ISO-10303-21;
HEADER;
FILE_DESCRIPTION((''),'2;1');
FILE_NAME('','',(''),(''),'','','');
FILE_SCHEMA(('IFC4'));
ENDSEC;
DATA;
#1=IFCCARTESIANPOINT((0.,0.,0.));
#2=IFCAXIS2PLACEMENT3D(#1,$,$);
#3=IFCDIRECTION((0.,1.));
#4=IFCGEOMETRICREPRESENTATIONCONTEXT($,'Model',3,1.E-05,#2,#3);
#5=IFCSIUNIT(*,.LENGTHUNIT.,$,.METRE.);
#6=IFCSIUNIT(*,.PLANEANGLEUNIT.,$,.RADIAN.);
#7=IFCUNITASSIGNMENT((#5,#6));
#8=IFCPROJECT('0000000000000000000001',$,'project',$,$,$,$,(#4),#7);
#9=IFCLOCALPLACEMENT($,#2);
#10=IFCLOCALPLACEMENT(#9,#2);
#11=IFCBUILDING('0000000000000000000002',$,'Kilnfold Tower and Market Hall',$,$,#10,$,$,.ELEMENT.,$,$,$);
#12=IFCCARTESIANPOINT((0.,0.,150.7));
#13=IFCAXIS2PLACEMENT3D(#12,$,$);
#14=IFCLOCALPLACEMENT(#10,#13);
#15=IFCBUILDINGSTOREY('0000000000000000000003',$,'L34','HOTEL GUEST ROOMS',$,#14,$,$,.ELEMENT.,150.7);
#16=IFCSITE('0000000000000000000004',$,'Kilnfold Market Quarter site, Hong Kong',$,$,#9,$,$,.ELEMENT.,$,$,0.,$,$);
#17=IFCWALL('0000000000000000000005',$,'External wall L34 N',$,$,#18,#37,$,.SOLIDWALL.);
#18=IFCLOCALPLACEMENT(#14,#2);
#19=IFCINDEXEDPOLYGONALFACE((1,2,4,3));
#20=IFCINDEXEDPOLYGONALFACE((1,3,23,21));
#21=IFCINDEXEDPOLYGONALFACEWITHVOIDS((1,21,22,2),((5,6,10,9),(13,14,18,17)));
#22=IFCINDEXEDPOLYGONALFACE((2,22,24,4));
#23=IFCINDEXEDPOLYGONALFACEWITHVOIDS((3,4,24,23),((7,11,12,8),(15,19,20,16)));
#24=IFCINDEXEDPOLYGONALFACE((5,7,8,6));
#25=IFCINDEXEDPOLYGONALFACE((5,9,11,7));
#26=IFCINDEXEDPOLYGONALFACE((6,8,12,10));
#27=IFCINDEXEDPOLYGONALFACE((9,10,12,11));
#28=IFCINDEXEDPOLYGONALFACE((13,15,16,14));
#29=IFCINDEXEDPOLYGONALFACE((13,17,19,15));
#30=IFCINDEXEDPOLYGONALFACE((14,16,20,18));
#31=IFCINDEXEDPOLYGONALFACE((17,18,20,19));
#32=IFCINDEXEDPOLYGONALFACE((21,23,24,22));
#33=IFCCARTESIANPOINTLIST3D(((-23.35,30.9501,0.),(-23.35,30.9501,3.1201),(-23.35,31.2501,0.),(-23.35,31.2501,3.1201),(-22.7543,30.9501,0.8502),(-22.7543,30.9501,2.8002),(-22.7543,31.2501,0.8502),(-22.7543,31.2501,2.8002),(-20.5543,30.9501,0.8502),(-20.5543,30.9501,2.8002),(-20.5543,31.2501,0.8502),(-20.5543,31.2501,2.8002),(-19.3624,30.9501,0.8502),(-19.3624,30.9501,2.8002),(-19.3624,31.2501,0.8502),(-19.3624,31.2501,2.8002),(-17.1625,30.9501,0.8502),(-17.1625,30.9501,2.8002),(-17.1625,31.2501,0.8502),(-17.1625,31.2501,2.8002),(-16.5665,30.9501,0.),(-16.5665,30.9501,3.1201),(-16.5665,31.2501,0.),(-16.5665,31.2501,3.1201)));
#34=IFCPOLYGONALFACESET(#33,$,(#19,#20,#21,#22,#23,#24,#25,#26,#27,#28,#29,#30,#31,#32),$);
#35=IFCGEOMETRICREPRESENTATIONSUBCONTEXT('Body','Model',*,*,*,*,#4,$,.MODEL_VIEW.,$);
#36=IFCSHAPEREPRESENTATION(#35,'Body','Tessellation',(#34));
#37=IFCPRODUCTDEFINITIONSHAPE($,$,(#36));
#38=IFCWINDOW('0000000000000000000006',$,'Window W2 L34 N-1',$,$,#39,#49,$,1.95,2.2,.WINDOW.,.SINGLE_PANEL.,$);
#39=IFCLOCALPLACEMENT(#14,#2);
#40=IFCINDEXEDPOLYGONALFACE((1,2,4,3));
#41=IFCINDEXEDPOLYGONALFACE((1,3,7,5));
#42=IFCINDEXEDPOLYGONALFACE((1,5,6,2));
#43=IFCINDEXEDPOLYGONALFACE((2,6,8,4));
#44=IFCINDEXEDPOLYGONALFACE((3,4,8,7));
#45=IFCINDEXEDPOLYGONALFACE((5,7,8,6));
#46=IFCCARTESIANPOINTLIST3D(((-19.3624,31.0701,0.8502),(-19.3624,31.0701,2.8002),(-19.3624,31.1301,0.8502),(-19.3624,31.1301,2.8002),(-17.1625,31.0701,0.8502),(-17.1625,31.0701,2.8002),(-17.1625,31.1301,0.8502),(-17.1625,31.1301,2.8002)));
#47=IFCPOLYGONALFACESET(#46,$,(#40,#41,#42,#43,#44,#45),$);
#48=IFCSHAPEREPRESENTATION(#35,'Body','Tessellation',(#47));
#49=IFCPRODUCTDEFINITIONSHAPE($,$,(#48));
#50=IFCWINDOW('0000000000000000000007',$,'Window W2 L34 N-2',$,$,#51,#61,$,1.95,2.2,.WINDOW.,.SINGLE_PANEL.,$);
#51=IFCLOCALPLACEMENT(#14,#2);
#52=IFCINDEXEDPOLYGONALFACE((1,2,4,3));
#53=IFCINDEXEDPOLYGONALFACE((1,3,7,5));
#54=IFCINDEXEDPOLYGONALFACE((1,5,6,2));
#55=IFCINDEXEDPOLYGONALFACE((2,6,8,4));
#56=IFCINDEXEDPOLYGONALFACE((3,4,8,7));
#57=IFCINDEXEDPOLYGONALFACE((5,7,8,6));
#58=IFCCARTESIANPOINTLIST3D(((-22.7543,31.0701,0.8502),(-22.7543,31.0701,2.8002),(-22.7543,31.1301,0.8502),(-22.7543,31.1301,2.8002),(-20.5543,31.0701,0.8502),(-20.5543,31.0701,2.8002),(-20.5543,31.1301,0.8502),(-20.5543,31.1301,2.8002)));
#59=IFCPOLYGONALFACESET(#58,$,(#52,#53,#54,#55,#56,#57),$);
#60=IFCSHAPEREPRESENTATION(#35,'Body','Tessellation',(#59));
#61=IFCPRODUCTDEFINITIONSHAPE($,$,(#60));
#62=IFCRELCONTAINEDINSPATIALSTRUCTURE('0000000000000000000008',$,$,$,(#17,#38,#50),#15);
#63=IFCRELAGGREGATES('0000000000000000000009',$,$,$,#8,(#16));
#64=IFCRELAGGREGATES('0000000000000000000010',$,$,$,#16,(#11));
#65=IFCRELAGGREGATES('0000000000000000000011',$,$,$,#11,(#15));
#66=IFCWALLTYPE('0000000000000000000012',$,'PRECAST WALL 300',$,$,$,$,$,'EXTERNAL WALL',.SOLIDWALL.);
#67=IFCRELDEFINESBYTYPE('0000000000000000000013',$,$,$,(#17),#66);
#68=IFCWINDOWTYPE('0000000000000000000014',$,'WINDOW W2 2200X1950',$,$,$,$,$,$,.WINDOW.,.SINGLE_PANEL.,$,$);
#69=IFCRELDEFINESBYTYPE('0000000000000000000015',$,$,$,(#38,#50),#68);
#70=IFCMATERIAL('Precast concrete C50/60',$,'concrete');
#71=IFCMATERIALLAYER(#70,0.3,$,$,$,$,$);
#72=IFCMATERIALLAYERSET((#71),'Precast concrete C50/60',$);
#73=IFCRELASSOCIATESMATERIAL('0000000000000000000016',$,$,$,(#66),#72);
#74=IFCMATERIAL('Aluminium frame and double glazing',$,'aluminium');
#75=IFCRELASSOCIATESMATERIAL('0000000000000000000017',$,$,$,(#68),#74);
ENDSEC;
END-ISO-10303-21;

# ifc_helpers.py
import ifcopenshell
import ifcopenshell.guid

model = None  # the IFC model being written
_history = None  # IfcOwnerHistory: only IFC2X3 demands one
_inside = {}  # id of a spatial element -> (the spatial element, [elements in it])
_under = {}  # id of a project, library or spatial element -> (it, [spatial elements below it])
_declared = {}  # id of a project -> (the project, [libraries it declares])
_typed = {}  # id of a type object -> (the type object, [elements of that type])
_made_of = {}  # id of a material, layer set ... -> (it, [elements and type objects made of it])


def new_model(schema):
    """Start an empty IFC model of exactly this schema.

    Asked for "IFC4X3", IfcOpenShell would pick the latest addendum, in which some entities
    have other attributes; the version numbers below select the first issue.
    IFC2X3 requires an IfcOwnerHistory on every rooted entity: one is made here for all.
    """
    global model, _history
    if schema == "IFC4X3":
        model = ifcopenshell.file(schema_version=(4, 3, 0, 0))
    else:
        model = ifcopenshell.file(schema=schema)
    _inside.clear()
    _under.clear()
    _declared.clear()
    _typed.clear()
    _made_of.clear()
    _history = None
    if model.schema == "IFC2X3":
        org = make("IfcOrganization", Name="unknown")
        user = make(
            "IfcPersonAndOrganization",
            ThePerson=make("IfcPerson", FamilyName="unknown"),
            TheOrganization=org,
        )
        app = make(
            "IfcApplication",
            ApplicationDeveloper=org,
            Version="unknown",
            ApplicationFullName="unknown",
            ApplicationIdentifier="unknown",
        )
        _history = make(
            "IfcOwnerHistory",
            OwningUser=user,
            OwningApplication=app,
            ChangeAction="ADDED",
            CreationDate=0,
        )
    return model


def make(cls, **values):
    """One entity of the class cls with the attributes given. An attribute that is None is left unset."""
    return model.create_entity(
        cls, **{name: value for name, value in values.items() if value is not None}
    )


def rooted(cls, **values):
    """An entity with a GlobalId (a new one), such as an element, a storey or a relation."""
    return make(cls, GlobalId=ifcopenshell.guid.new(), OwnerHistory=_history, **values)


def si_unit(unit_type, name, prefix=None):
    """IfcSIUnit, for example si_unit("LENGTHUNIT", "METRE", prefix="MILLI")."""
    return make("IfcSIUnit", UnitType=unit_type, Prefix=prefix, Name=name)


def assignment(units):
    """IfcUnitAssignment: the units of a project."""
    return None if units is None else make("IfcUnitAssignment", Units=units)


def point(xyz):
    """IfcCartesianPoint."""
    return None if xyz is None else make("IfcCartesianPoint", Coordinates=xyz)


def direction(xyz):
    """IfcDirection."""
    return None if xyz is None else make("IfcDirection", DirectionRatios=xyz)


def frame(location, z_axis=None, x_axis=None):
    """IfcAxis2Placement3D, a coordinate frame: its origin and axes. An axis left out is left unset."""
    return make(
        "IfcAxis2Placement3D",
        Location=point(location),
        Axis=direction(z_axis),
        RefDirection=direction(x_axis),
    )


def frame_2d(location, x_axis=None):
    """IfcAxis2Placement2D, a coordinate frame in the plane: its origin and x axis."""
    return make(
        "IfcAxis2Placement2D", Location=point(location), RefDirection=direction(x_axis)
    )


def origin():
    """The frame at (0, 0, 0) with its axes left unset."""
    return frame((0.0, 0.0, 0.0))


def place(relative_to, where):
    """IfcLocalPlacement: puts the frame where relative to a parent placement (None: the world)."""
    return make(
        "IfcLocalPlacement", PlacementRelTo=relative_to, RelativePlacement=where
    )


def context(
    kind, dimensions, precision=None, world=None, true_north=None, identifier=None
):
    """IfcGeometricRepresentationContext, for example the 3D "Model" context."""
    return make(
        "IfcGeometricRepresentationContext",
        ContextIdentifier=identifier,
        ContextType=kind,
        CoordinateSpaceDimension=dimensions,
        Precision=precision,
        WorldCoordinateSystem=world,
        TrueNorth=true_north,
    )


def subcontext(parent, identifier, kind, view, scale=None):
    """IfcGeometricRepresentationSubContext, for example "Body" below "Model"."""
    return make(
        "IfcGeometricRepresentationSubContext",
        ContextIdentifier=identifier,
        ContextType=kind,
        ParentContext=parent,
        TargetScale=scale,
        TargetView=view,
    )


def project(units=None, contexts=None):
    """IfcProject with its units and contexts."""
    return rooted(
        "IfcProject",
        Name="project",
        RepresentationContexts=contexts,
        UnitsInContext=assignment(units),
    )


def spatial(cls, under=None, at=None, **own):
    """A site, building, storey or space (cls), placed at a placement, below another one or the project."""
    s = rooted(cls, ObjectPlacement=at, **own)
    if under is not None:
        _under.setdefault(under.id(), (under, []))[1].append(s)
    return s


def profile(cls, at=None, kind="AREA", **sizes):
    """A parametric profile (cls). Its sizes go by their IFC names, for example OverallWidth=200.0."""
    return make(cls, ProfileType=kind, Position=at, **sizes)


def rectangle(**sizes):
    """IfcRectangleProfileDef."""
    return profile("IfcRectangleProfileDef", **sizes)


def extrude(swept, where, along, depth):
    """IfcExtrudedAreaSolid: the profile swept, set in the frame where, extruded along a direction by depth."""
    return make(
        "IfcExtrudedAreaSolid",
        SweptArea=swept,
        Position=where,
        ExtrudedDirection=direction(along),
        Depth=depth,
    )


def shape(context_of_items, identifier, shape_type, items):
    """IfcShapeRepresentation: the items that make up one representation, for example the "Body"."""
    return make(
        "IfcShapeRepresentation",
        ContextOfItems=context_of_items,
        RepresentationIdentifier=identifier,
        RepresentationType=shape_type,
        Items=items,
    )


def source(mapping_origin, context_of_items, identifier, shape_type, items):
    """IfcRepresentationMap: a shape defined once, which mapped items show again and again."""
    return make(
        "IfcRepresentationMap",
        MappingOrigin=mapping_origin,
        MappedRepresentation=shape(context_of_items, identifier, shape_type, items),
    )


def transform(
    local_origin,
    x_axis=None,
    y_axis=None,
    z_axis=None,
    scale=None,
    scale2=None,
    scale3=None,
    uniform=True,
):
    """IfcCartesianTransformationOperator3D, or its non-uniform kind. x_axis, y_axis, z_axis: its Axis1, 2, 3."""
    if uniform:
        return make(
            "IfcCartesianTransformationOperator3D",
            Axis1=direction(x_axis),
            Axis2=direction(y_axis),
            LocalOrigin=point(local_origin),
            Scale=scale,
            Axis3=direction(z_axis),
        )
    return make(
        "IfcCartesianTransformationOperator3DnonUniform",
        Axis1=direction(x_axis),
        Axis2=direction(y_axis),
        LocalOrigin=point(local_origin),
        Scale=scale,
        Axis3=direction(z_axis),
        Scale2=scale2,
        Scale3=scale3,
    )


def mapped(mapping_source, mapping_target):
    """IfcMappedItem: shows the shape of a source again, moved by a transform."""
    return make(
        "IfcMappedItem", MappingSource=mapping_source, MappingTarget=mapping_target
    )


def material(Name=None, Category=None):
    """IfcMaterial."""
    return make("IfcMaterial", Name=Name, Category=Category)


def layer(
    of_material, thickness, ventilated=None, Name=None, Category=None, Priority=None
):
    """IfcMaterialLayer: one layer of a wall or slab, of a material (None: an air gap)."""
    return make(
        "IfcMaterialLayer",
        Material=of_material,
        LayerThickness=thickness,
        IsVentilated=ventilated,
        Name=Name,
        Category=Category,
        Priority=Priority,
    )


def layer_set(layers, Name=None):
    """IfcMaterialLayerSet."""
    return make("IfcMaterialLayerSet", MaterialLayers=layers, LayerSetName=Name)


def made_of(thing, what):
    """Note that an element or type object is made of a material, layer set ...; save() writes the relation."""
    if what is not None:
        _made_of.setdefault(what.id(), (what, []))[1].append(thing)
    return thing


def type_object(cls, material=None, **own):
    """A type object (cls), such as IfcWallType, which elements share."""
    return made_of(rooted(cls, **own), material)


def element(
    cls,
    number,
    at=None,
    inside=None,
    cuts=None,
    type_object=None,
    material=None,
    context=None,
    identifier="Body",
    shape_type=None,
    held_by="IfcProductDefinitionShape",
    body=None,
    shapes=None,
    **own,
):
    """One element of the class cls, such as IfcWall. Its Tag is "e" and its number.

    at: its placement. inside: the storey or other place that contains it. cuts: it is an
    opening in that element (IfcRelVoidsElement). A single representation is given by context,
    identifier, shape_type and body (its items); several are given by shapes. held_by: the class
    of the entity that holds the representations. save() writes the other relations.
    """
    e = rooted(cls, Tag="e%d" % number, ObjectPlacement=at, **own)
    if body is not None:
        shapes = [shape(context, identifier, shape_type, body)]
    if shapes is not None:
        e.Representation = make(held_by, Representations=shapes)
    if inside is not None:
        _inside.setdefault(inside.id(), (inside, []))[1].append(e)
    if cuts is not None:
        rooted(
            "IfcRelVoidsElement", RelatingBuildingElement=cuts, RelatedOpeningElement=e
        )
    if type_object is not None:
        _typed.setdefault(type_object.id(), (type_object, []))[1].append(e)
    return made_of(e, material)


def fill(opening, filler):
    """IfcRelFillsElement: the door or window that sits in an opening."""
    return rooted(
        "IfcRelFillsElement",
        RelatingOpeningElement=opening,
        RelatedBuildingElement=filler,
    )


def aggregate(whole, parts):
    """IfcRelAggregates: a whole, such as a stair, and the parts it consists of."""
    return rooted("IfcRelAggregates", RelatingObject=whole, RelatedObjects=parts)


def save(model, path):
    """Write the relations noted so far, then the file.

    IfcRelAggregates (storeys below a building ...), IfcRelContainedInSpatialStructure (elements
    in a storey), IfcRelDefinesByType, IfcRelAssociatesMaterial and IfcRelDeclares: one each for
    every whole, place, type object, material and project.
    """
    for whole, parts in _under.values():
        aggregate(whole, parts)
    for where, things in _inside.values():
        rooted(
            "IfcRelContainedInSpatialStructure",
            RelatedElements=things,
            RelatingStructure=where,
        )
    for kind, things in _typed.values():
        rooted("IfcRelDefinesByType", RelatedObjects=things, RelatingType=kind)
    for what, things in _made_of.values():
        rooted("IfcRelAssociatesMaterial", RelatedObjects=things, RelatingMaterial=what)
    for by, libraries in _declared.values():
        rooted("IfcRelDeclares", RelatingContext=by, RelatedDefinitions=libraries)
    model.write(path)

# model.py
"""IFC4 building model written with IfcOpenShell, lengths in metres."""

from ifc_helpers import new_model, si_unit, direction, frame, frame_2d, origin, place, context, subcontext, project, spatial, rectangle, extrude, source, transform, mapped, material, layer, layer_set, type_object, element, fill, save


model = new_model("IFC4")

# Units and contexts
model_context = context("Model", 3, precision=1e-05, world=origin(), true_north=direction((0.0, 1.0)))
body_context = subcontext(model_context, "Body", "Model", "MODEL_VIEW")
ifc_project = project(units=[si_unit("LENGTHUNIT", "METRE"), si_unit("PLANEANGLEUNIT", "RADIAN")], contexts=[model_context])

# Site, building, storey
site_placement = place(None, origin())
site = spatial("IfcSite", under=ifc_project, at=site_placement, Name="Kilnfold Market Quarter site, Hong Kong", CompositionType="ELEMENT", RefElevation=0.0)
building_placement = place(site_placement, origin())
building = spatial("IfcBuilding", under=site, at=building_placement, Name="Kilnfold Tower and Market Hall", CompositionType="ELEMENT")
storey_placement = place(building_placement, frame((0.0, 0.0, 150.7)))
storey = spatial("IfcBuildingStorey", under=building, at=storey_placement, Name="L34", Description="HOTEL GUEST ROOMS", CompositionType="ELEMENT", Elevation=150.7)

# Wall, openings, windows
ifc_material_1 = material(Name="Precast concrete C50/60", Category="concrete")
ifc_layer_1 = layer(ifc_material_1, 0.3)
ifc_layer_set_1 = layer_set([ifc_layer_1], Name="Precast concrete C50/60")
wall_type_1 = type_object("IfcWallType", Name="PRECAST WALL 300", ElementType="EXTERNAL WALL", PredefinedType="SOLIDWALL", material=ifc_layer_set_1)
shared_shape_1 = source(origin(), body_context, "Body", "SweptSolid", [
    extrude(rectangle(XDim=6.7834, YDim=0.3, at=frame_2d((3.3916, 0.0))), origin(), (0.0, 0.0, 1.0), 3.1201),
])
wall_1_placement = place(storey_placement, frame((-16.5667, 31.1001, 0.0), z_axis=(0.0, 0.0, 1.0), x_axis=(-1.0, 0.0, 0.0)))
wall_1 = element("IfcWall", 1, at=wall_1_placement, inside=storey, type_object=wall_type_1, Name="External wall L34 N", PredefinedType="SOLIDWALL", context=body_context, shape_type="MappedRepresentation", body=[
    mapped(shared_shape_1, transform((0.0, 0.0, 0.0))),
])
opening_1_placement = place(wall_1_placement, frame((0.5957, 0.0, 0.8501)))
opening_1 = element("IfcOpeningElement", 2, at=opening_1_placement, cuts=wall_1, PredefinedType="OPENING", context=body_context, shape_type="SweptSolid", body=[
    extrude(rectangle(XDim=2.2, YDim=1.95, at=frame_2d((1.1001, 0.9751))), frame((0.0, 0.1602, 0.0), z_axis=(0.0, -1.0, 0.0), x_axis=(1.0, 0.0, 0.0)), (0.0, 0.0, 1.0), 0.3201),
])
opening_2_placement = place(wall_1_placement, frame((3.9875, 0.0, 0.8501)))
opening_2 = element("IfcOpeningElement", 3, at=opening_2_placement, cuts=wall_1, PredefinedType="OPENING", context=body_context, shape_type="SweptSolid", body=[
    extrude(rectangle(XDim=2.2, YDim=1.95, at=frame_2d((1.1001, 0.9751))), frame((0.0, 0.1602, 0.0), z_axis=(0.0, -1.0, 0.0), x_axis=(1.0, 0.0, 0.0)), (0.0, 0.0, 1.0), 0.3201),
])
ifc_material_2 = material(Name="Aluminium frame and double glazing", Category="aluminium")
window_type = type_object("IfcWindowType", Name="WINDOW W2 2200X1950", PartitioningType="SINGLE_PANEL", PredefinedType="WINDOW", material=ifc_material_2)
window_1_placement = place(opening_1_placement, origin())
window_1 = element("IfcWindow", 4, at=window_1_placement, inside=storey, type_object=window_type, Name="Window W2 L34 N-1", OverallHeight=1.95, OverallWidth=2.2, PartitioningType="SINGLE_PANEL", PredefinedType="WINDOW", context=body_context, shape_type="SweptSolid", body=[
    extrude(rectangle(XDim=2.2, YDim=1.95, at=frame_2d((1.1001, 0.9751))), frame((0.0, 0.03, 0.0), z_axis=(0.0, -1.0, 0.0), x_axis=(1.0, 0.0, 0.0)), (0.0, 0.0, 1.0), 0.0601),
])
fill(opening_1, window_1)
window_2_placement = place(opening_2_placement, origin())
window_2 = element("IfcWindow", 5, at=window_2_placement, inside=storey, type_object=window_type, Name="Window W2 L34 N-2", OverallHeight=1.95, OverallWidth=2.2, PartitioningType="SINGLE_PANEL", PredefinedType="WINDOW", context=body_context, shape_type="SweptSolid", body=[
    extrude(rectangle(XDim=2.2, YDim=1.95, at=frame_2d((1.1001, 0.9751))), frame((0.0, 0.03, 0.0), z_axis=(0.0, -1.0, 0.0), x_axis=(1.0, 0.0, 0.0)), (0.0, 0.0, 1.0), 0.0601),
])
fill(opening_2, window_2)

save(model, "model.ifc")
